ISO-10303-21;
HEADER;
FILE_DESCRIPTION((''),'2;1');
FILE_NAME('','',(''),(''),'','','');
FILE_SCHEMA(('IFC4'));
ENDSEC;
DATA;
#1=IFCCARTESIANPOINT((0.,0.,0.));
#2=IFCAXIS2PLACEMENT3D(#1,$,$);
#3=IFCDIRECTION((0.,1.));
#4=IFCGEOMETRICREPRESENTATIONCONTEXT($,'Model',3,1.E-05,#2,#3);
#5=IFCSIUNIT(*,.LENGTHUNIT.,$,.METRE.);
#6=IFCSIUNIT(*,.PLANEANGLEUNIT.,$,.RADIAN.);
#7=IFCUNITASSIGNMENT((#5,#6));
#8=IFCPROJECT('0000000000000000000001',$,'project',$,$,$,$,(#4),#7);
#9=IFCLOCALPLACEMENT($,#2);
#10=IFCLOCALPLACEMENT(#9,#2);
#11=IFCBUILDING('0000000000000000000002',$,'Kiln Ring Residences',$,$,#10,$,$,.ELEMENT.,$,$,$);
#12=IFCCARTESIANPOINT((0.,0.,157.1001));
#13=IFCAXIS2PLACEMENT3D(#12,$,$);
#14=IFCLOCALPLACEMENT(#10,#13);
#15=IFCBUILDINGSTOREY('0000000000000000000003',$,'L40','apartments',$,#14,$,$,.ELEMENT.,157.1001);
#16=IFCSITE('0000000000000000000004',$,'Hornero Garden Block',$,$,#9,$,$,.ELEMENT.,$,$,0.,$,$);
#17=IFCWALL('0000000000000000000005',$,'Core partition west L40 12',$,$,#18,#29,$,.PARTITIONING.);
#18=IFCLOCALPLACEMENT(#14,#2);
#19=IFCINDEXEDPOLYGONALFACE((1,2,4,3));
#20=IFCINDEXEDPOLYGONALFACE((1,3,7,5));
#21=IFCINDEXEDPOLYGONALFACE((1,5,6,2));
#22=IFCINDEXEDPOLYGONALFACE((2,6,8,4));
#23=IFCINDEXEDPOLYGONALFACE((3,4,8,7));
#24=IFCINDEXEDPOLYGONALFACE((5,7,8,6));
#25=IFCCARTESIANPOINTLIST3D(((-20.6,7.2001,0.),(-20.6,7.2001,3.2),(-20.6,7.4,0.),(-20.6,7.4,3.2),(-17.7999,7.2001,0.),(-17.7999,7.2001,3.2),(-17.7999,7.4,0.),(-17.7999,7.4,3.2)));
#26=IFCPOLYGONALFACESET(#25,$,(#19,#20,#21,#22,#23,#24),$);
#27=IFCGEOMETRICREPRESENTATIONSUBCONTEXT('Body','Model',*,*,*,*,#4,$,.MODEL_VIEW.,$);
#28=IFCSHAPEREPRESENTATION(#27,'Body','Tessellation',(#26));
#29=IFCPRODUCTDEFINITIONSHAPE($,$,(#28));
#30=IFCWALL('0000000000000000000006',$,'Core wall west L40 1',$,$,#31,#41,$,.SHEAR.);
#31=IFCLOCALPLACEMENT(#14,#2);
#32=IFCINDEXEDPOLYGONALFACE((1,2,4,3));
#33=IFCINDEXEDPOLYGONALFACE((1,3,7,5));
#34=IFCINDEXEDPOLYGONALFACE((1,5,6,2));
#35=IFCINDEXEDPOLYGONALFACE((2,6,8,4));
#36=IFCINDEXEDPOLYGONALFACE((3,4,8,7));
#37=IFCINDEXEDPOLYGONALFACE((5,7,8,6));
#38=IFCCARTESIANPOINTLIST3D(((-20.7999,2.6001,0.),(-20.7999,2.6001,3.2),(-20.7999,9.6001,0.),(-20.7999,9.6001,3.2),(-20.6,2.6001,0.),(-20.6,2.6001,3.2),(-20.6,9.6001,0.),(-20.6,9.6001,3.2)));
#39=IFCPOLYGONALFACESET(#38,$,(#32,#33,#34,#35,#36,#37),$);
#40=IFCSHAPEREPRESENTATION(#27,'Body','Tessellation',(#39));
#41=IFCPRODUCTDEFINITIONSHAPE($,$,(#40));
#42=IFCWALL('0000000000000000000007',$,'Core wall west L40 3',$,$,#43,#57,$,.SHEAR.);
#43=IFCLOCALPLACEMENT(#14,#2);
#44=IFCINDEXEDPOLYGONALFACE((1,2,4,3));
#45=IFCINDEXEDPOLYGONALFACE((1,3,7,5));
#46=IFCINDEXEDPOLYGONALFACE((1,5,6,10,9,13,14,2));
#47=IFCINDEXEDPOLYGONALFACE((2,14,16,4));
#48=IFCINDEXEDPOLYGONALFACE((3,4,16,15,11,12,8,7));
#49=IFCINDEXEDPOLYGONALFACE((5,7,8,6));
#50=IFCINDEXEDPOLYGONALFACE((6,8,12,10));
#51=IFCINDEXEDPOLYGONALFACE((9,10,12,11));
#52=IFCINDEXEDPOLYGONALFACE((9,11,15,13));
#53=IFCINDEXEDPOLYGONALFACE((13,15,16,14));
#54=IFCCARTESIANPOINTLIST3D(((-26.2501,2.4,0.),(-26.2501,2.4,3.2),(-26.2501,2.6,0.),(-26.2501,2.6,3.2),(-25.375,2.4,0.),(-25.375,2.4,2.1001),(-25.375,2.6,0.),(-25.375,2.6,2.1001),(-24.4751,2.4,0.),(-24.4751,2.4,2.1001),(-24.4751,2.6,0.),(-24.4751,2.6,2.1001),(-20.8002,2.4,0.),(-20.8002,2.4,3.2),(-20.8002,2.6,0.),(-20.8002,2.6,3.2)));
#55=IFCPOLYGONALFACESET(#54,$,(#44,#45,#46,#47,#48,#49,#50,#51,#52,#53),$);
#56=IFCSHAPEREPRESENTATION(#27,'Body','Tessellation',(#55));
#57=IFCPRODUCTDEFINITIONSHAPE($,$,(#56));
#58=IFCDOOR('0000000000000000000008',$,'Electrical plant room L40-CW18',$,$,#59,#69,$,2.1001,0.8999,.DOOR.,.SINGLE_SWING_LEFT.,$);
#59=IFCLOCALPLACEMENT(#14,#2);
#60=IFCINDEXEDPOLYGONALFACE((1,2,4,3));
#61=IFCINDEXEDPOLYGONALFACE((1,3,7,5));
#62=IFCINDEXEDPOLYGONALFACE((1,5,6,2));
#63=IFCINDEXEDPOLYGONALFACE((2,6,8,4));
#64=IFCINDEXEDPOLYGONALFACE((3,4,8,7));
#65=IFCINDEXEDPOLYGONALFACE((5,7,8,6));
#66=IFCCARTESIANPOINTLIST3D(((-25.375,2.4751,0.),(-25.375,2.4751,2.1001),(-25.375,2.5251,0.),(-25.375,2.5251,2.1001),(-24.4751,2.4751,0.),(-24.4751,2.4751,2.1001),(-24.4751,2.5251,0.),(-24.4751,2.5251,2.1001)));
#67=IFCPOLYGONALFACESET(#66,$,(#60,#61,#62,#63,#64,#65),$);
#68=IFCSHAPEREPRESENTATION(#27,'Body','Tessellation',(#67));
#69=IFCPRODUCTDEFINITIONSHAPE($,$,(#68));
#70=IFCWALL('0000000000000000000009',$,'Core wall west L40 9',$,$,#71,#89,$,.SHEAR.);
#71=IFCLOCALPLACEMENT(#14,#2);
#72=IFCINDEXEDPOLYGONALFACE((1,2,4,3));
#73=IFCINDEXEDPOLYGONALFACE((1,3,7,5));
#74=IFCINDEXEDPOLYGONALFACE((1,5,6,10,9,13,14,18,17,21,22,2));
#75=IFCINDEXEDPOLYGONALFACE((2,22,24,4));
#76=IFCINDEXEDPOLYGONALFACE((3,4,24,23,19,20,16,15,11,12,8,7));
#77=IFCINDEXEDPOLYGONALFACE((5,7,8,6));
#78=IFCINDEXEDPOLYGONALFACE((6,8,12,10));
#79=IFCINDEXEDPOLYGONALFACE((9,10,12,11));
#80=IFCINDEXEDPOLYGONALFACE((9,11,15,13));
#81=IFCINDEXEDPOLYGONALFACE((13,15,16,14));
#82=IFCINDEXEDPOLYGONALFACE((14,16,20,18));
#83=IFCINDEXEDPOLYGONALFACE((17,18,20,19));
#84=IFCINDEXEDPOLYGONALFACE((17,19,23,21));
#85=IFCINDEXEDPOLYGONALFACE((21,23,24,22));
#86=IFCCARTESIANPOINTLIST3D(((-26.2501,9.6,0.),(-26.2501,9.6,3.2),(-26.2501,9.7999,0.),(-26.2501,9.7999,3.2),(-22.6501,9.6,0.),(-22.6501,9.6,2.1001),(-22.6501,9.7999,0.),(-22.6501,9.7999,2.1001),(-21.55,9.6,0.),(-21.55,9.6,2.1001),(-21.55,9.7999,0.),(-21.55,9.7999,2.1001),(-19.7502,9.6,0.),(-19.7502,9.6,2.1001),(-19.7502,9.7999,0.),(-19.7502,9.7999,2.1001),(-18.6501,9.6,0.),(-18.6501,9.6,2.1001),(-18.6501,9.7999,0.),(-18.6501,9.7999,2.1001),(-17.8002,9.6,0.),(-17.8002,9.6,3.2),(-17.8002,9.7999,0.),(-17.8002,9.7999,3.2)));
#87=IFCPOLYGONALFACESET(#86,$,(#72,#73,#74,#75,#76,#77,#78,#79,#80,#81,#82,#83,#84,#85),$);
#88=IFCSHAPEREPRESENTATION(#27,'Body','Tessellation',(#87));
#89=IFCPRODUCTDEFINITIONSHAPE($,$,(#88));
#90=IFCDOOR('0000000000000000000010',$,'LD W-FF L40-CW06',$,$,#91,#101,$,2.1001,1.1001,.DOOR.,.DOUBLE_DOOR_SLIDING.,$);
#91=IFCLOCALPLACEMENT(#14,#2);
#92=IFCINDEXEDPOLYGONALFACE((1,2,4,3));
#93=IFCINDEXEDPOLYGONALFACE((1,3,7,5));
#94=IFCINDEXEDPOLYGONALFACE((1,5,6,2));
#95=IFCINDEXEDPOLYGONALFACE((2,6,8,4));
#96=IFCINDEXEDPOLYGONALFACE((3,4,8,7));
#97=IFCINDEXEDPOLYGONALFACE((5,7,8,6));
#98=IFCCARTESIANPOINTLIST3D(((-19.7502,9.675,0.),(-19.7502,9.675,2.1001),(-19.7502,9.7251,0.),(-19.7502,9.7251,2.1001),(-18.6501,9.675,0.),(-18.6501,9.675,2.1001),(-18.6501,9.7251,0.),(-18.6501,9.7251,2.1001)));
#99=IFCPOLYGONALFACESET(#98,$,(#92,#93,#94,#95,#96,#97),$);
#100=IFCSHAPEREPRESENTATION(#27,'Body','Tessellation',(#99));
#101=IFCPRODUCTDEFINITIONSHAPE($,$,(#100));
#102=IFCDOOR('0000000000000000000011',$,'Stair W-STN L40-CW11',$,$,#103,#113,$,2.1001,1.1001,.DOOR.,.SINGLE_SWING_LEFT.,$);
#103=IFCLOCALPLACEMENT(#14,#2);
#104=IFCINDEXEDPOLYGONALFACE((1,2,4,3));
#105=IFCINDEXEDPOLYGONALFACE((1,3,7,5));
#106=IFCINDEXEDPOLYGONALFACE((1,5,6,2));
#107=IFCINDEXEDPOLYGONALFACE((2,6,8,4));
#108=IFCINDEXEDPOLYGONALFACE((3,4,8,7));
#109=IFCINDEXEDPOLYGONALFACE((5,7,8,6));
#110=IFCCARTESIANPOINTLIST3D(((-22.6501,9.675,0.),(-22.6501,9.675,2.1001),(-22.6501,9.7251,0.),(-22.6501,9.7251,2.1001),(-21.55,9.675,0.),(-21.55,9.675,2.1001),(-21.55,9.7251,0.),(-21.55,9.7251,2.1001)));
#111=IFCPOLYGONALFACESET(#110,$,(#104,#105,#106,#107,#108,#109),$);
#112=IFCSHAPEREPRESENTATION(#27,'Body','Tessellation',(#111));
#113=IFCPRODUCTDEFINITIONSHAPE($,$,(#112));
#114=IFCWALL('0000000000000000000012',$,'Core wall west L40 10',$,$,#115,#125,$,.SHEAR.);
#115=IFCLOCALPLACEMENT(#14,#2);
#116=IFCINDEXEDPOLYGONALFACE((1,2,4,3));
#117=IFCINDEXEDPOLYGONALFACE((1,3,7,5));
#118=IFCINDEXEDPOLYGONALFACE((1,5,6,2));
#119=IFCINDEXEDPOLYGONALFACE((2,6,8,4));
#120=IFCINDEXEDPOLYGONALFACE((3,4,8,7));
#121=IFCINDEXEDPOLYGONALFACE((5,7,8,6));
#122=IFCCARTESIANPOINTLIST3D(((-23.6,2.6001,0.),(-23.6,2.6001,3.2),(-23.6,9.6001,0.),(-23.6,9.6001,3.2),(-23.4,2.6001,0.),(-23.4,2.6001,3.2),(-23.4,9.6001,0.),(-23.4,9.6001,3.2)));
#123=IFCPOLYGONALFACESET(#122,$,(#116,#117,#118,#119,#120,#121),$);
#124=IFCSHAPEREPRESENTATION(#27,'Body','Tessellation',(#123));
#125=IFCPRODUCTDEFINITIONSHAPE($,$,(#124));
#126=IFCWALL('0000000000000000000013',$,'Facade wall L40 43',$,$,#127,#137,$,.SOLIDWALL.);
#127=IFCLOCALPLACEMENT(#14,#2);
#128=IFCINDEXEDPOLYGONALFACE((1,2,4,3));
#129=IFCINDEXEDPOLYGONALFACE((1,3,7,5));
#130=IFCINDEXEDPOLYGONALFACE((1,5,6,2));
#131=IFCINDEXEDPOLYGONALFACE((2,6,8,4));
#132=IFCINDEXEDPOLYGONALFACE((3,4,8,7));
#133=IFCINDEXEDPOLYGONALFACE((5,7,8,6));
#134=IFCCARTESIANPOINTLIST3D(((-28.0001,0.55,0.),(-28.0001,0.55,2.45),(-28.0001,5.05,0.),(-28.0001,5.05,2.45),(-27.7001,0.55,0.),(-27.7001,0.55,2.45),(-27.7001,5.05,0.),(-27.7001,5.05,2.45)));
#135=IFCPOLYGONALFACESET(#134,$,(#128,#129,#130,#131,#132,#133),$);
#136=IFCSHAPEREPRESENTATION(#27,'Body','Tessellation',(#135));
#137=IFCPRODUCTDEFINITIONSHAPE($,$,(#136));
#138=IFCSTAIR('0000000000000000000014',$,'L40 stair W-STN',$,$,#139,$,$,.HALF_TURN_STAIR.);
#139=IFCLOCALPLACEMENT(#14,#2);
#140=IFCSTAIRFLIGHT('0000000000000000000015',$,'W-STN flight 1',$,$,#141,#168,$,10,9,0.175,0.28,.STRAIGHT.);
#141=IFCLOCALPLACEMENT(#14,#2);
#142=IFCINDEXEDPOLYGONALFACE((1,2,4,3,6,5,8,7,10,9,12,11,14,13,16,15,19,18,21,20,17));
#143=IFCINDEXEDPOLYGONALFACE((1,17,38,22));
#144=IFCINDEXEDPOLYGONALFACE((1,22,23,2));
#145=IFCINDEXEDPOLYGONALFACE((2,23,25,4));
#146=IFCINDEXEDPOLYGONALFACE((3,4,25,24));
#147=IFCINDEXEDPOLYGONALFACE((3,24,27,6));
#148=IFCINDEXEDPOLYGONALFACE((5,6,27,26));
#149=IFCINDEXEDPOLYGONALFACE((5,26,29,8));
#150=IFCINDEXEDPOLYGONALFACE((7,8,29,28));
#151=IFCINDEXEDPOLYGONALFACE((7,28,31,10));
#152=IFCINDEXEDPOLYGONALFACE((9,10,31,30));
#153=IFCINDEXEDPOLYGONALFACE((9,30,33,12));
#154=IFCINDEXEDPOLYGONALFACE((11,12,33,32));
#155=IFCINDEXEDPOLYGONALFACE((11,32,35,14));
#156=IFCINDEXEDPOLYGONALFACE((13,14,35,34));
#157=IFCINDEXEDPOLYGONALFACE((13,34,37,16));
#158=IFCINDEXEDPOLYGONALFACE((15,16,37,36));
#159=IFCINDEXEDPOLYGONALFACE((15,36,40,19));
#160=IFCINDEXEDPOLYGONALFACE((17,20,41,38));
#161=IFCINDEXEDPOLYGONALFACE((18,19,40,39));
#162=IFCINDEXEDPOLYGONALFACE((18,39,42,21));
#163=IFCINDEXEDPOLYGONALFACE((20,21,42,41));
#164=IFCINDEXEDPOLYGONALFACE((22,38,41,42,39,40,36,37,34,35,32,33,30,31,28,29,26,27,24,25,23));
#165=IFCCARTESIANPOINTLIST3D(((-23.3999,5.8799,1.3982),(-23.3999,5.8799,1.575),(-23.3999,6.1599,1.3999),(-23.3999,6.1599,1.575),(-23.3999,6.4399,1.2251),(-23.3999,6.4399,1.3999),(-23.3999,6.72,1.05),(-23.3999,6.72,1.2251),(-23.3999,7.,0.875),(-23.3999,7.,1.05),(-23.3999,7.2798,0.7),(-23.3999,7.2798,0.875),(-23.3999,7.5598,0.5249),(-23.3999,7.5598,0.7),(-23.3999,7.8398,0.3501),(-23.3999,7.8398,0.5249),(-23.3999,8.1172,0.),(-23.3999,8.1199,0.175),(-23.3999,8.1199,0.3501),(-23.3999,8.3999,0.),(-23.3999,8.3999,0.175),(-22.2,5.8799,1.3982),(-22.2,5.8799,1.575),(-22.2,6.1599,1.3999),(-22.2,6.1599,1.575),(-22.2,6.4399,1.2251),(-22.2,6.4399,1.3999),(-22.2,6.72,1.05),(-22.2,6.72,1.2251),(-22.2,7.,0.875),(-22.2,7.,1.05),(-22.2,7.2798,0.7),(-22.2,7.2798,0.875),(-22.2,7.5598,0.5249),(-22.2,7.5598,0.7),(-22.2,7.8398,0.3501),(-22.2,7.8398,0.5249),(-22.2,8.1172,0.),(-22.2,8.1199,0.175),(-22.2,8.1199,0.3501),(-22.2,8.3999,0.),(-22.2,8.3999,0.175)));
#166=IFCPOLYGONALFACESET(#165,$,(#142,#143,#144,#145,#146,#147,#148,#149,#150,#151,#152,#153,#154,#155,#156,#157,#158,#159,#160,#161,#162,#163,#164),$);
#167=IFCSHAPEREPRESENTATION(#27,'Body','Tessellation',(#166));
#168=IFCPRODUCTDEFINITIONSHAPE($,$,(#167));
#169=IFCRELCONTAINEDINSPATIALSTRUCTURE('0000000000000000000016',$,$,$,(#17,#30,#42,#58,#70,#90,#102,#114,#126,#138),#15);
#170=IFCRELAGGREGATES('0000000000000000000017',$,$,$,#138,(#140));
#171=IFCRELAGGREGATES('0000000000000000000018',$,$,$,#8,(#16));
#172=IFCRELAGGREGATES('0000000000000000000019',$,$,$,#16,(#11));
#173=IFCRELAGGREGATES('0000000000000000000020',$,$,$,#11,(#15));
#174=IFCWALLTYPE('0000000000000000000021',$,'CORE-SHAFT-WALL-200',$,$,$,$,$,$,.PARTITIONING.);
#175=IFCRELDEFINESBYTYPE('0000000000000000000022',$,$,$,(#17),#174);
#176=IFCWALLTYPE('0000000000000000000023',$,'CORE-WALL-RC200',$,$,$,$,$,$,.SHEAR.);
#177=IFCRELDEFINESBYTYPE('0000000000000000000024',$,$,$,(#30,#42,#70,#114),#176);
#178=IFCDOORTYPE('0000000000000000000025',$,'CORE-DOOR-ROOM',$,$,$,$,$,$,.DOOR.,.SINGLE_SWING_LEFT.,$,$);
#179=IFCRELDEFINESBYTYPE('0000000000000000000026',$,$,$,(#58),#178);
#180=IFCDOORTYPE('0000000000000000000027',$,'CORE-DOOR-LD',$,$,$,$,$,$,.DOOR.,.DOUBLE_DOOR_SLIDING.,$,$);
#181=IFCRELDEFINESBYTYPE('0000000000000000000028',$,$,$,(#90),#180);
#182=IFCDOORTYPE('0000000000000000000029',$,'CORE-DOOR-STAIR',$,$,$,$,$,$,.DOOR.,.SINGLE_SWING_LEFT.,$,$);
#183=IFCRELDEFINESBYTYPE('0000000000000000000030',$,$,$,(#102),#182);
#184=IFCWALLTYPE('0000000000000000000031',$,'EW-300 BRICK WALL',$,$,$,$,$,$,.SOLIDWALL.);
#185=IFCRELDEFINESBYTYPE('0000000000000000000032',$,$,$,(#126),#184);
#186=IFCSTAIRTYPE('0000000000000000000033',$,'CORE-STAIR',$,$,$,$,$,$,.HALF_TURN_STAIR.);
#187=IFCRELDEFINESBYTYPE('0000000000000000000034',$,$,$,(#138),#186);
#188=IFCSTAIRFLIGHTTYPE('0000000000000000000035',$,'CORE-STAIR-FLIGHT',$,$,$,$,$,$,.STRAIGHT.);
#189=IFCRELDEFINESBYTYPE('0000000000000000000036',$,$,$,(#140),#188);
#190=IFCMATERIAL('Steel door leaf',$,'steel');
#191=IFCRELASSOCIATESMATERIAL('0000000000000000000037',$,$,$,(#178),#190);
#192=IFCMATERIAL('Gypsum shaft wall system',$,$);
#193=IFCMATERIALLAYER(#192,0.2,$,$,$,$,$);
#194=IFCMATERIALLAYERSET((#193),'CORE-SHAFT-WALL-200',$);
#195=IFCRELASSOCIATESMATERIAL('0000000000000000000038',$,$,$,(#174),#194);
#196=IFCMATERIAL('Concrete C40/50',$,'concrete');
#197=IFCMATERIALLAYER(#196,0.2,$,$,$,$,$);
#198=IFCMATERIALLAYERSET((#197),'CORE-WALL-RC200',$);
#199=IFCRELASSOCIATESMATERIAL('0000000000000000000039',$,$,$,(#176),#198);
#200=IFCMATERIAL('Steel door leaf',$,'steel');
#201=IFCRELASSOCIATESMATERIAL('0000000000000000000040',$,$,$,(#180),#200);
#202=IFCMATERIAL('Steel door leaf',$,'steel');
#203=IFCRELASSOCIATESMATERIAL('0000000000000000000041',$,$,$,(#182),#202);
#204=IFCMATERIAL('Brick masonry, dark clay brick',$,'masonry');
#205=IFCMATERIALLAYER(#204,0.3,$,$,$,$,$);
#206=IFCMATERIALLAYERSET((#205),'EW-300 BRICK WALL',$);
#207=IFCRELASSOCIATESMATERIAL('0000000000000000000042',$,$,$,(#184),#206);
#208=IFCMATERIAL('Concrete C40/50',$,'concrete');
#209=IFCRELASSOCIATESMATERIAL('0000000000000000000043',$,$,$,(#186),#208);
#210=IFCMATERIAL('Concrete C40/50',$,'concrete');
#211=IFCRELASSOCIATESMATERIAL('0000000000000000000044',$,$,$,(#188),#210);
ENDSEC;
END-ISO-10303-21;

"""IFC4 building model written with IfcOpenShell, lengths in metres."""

from ifc_helpers import new_model, si_unit, direction, frame, frame_2d, origin, place, context, subcontext, project, spatial, polyline, rectangle, outline, extrude, material, layer, layer_set, type_object, element, fill, aggregate, save


model = new_model("IFC4")

# Units and contexts
model_context = context("Model", 3, precision=1e-05, world=origin(), true_north=direction((0.0, 1.0)))
body_context = subcontext(model_context, "Body", "Model", "MODEL_VIEW")
ifc_project = project(units=[si_unit("LENGTHUNIT", "METRE"), si_unit("PLANEANGLEUNIT", "RADIAN")], contexts=[model_context])

# Site, building, storey
site_placement = place(None, origin())
site = spatial("IfcSite", under=ifc_project, at=site_placement, Name="Hornero Garden Block", CompositionType="ELEMENT", RefElevation=0.0)
building_placement = place(site_placement, origin())
building = spatial("IfcBuilding", under=site, at=building_placement, Name="Kiln Ring Residences", CompositionType="ELEMENT")
storey_placement = place(building_placement, frame((0.0, 0.0, 157.1001)))
storey = spatial("IfcBuildingStorey", under=building, at=storey_placement, Name="L40", Description="apartments", CompositionType="ELEMENT", Elevation=157.1001)

# Shared definitions
ifc_material_1 = material(Name="Steel door leaf", Category="steel")
door_type_1 = type_object("IfcDoorType", Name="CORE-DOOR-ROOM", OperationType="SINGLE_SWING_LEFT", PredefinedType="DOOR", material=ifc_material_1)

# Shared definitions
ifc_material_2 = material(Name="Gypsum shaft wall system")
ifc_layer_1 = layer(ifc_material_2, 0.2)
ifc_layer_set_1 = layer_set([ifc_layer_1], Name="CORE-SHAFT-WALL-200")
wall_type_1 = type_object("IfcWallType", Name="CORE-SHAFT-WALL-200", PredefinedType="PARTITIONING", material=ifc_layer_set_1)

# Walls
for number, where, z_axis, x_axis, name in (
    (1, (-17.8, 7.3, 0.0), (0.0, 0.0, 1.0), (-1.0, 0.0, 0.0), "Core partition west L40 12"),
):
    element("IfcWall", number, at=place(storey_placement, frame(where, z_axis=z_axis, x_axis=x_axis)), inside=storey, type_object=wall_type_1, Name=name, PredefinedType="PARTITIONING", context=body_context, shape_type="SweptSolid", body=[
        extrude(rectangle(XDim=2.8, YDim=0.2, at=frame_2d((1.3999, 0.0))), origin(), (0.0, 0.0, 1.0), 3.2),
    ])
ifc_material_3 = material(Name="Concrete C40/50", Category="concrete")
ifc_layer_2 = layer(ifc_material_3, 0.2)
ifc_layer_set_2 = layer_set([ifc_layer_2], Name="CORE-WALL-RC200")
wall_type_2 = type_object("IfcWallType", Name="CORE-WALL-RC200", PredefinedType="SHEAR", material=ifc_layer_set_2)
wall_1_placement = place(storey_placement, frame((-20.7, 2.6001, 0.0), z_axis=(0.0, 0.0, 1.0), x_axis=(0.0, 1.0, 0.0)))
element("IfcWall", 2, at=wall_1_placement, inside=storey, type_object=wall_type_2, Name="Core wall west L40 1", PredefinedType="SHEAR", context=body_context, shape_type="SweptSolid", body=[
    extrude(rectangle(XDim=7.0, YDim=0.2, at=frame_2d((3.5, 0.0))), origin(), (0.0, 0.0, 1.0), 3.2),
])

# Wall, opening, door
wall_2_placement = place(storey_placement, frame((-20.8, 2.5, 0.0), z_axis=(0.0, 0.0, 1.0), x_axis=(-1.0, 0.0, 0.0)))
wall_2 = element("IfcWall", 3, at=wall_2_placement, inside=storey, type_object=wall_type_2, Name="Core wall west L40 3", PredefinedType="SHEAR", context=body_context, shape_type="SweptSolid", body=[
    extrude(rectangle(XDim=5.45, YDim=0.2, at=frame_2d((2.7251, 0.0))), origin(), (0.0, 0.0, 1.0), 3.2),
])
opening_1_placement = place(wall_2_placement, frame((3.675, 0.0, 0.0)))
opening_1 = element("IfcOpeningElement", 4, at=opening_1_placement, cuts=wall_2, PredefinedType="OPENING", context=body_context, shape_type="SweptSolid", body=[
    extrude(rectangle(XDim=0.8999, YDim=2.1001, at=frame_2d((0.45, 1.05))), frame((0.0, 0.1099, 0.0), z_axis=(0.0, -1.0, 0.0), x_axis=(1.0, 0.0, 0.0)), (0.0, 0.0, 1.0), 0.22),
])
door_1_placement = place(opening_1_placement, origin())
door_1 = element("IfcDoor", 5, at=door_1_placement, inside=storey, type_object=door_type_1, Name="Electrical plant room L40-CW18", OperationType="SINGLE_SWING_LEFT", OverallHeight=2.1001, OverallWidth=0.8999, PredefinedType="DOOR", context=body_context, shape_type="SweptSolid", body=[
    extrude(rectangle(XDim=0.8999, YDim=2.1001, at=frame_2d((0.45, 1.05))), frame((0.0, 0.0249, 0.0), z_axis=(0.0, -1.0, 0.0), x_axis=(1.0, 0.0, 0.0)), (0.0, 0.0, 1.0), 0.05),
])
fill(opening_1, door_1)

# Wall, openings, doors
wall_3_placement = place(storey_placement, frame((-17.8, 9.7, 0.0), z_axis=(0.0, 0.0, 1.0), x_axis=(-1.0, 0.0, 0.0)))
wall_3 = element("IfcWall", 6, at=wall_3_placement, inside=storey, type_object=wall_type_2, Name="Core wall west L40 9", PredefinedType="SHEAR", context=body_context, shape_type="SweptSolid", body=[
    extrude(rectangle(XDim=8.45, YDim=0.2, at=frame_2d((4.2251, 0.0))), origin(), (0.0, 0.0, 1.0), 3.2),
])
opening_2_placement = place(wall_3_placement, frame((0.8501, 0.0, 0.0)))
opening_2 = element("IfcOpeningElement", 7, at=opening_2_placement, cuts=wall_3, PredefinedType="OPENING", context=body_context, shape_type="SweptSolid", body=[
    extrude(rectangle(XDim=1.1001, YDim=2.1001, at=frame_2d((0.55, 1.05))), frame((0.0, 0.1099, 0.0), z_axis=(0.0, -1.0, 0.0), x_axis=(1.0, 0.0, 0.0)), (0.0, 0.0, 1.0), 0.22),
])
opening_3_placement = place(wall_3_placement, frame((3.75, 0.0, 0.0)))
opening_3 = element("IfcOpeningElement", 8, at=opening_3_placement, cuts=wall_3, PredefinedType="OPENING", context=body_context, shape_type="SweptSolid", body=[
    extrude(rectangle(XDim=1.1001, YDim=2.1001, at=frame_2d((0.55, 1.05))), frame((0.0, 0.1099, 0.0), z_axis=(0.0, -1.0, 0.0), x_axis=(1.0, 0.0, 0.0)), (0.0, 0.0, 1.0), 0.22),
])
ifc_material_4 = material(Name="Steel door leaf", Category="steel")
door_type_2 = type_object("IfcDoorType", Name="CORE-DOOR-LD", OperationType="DOUBLE_DOOR_SLIDING", PredefinedType="DOOR", material=ifc_material_4)
door_2_placement = place(opening_2_placement, origin())
door_2 = element("IfcDoor", 9, at=door_2_placement, inside=storey, type_object=door_type_2, Name="LD W-FF L40-CW06", OperationType="DOUBLE_DOOR_SLIDING", OverallHeight=2.1001, OverallWidth=1.1001, PredefinedType="DOOR", context=body_context, shape_type="SweptSolid", body=[
    extrude(rectangle(XDim=1.1001, YDim=2.1001, at=frame_2d((0.55, 1.05))), frame((0.0, 0.0249, 0.0), z_axis=(0.0, -1.0, 0.0), x_axis=(1.0, 0.0, 0.0)), (0.0, 0.0, 1.0), 0.05),
])
fill(opening_2, door_2)
ifc_material_5 = material(Name="Steel door leaf", Category="steel")
door_type_3 = type_object("IfcDoorType", Name="CORE-DOOR-STAIR", OperationType="SINGLE_SWING_LEFT", PredefinedType="DOOR", material=ifc_material_5)
door_3_placement = place(opening_3_placement, origin())
door_3 = element("IfcDoor", 10, at=door_3_placement, inside=storey, type_object=door_type_3, Name="Stair W-STN L40-CW11", OperationType="SINGLE_SWING_LEFT", OverallHeight=2.1001, OverallWidth=1.1001, PredefinedType="DOOR", context=body_context, shape_type="SweptSolid", body=[
    extrude(rectangle(XDim=1.1001, YDim=2.1001, at=frame_2d((0.55, 1.05))), frame((0.0, 0.0249, 0.0), z_axis=(0.0, -1.0, 0.0), x_axis=(1.0, 0.0, 0.0)), (0.0, 0.0, 1.0), 0.05),
])
fill(opening_3, door_3)

# Walls
wall_4_placement = place(storey_placement, frame((-23.5, 2.6001, 0.0), z_axis=(0.0, 0.0, 1.0), x_axis=(0.0, 1.0, 0.0)))
element("IfcWall", 11, at=wall_4_placement, inside=storey, type_object=wall_type_2, Name="Core wall west L40 10", PredefinedType="SHEAR", context=body_context, shape_type="SweptSolid", body=[
    extrude(rectangle(XDim=7.0, YDim=0.2, at=frame_2d((3.5, 0.0))), origin(), (0.0, 0.0, 1.0), 3.2),
])
ifc_material_6 = material(Name="Brick masonry, dark clay brick", Category="masonry")
ifc_layer_3 = layer(ifc_material_6, 0.3)
ifc_layer_set_3 = layer_set([ifc_layer_3], Name="EW-300 BRICK WALL")
wall_type_3 = type_object("IfcWallType", Name="EW-300 BRICK WALL", PredefinedType="SOLIDWALL", material=ifc_layer_set_3)
wall_5_placement = place(storey_placement, frame((-27.8501, 5.05, 0.0), z_axis=(0.0, 0.0, 1.0), x_axis=(0.0, -1.0, 0.0)))
element("IfcWall", 12, at=wall_5_placement, inside=storey, type_object=wall_type_3, Name="Facade wall L40 43", PredefinedType="SOLIDWALL", context=body_context, shape_type="SweptSolid", body=[
    extrude(rectangle(XDim=4.5, YDim=0.3, at=frame_2d((2.25, 0.0))), origin(), (0.0, 0.0, 1.0), 2.45),
])

# Stair, stair flight
ifc_material_7 = material(Name="Concrete C40/50", Category="concrete")
stair_type = type_object("IfcStairType", Name="CORE-STAIR", PredefinedType="HALF_TURN_STAIR", material=ifc_material_7)
stair_placement = place(storey_placement, origin())
stair = element("IfcStair", 13, at=stair_placement, inside=storey, type_object=stair_type, Name="L40 stair W-STN", PredefinedType="HALF_TURN_STAIR")
ifc_material_8 = material(Name="Concrete C40/50", Category="concrete")
stair_flight_type = type_object("IfcStairFlightType", Name="CORE-STAIR-FLIGHT", PredefinedType="STRAIGHT", material=ifc_material_8)
stair_flight_1_placement = place(storey_placement, frame((-22.8, 8.3999, 0.0), z_axis=(0.0, 0.0, 1.0), x_axis=(0.0, -1.0, 0.0)))
stair_flight_1 = element("IfcStairFlight", 14, at=stair_flight_1_placement, type_object=stair_flight_type, Name="W-STN flight 1", NumberOfRisers=10, NumberOfTreads=9, PredefinedType="STRAIGHT", RiserHeight=0.175, TreadLength=0.28, context=body_context, shape_type="SweptSolid", body=[
    extrude(outline(polyline([(0.0, 0.0), (0.0, 0.175), (0.28, 0.175), (0.28, 0.3501), (0.5601, 0.3501), (0.5601, 0.5249), (0.8401, 0.5249), (0.8401, 0.7), (1.1201, 0.7), (1.1201, 0.875), (1.3999, 0.875), (1.3999, 1.05), (1.6799, 1.05), (1.6799, 1.2251), (1.96, 1.2251), (1.96, 1.3999), (2.24, 1.3999), (2.24, 1.575), (2.52, 1.575), (2.52, 1.75), (2.52, 1.3982), (0.2827, 0.0), (0.0, 0.0)])), frame((0.0, 0.6001, 0.0), z_axis=(0.0, -1.0, 0.0), x_axis=(1.0, 0.0, 0.0)), (0.0, 0.0, 1.0), 1.2),
])
aggregate(stair, [stair_flight_1])

save(model, "model.ifc")
